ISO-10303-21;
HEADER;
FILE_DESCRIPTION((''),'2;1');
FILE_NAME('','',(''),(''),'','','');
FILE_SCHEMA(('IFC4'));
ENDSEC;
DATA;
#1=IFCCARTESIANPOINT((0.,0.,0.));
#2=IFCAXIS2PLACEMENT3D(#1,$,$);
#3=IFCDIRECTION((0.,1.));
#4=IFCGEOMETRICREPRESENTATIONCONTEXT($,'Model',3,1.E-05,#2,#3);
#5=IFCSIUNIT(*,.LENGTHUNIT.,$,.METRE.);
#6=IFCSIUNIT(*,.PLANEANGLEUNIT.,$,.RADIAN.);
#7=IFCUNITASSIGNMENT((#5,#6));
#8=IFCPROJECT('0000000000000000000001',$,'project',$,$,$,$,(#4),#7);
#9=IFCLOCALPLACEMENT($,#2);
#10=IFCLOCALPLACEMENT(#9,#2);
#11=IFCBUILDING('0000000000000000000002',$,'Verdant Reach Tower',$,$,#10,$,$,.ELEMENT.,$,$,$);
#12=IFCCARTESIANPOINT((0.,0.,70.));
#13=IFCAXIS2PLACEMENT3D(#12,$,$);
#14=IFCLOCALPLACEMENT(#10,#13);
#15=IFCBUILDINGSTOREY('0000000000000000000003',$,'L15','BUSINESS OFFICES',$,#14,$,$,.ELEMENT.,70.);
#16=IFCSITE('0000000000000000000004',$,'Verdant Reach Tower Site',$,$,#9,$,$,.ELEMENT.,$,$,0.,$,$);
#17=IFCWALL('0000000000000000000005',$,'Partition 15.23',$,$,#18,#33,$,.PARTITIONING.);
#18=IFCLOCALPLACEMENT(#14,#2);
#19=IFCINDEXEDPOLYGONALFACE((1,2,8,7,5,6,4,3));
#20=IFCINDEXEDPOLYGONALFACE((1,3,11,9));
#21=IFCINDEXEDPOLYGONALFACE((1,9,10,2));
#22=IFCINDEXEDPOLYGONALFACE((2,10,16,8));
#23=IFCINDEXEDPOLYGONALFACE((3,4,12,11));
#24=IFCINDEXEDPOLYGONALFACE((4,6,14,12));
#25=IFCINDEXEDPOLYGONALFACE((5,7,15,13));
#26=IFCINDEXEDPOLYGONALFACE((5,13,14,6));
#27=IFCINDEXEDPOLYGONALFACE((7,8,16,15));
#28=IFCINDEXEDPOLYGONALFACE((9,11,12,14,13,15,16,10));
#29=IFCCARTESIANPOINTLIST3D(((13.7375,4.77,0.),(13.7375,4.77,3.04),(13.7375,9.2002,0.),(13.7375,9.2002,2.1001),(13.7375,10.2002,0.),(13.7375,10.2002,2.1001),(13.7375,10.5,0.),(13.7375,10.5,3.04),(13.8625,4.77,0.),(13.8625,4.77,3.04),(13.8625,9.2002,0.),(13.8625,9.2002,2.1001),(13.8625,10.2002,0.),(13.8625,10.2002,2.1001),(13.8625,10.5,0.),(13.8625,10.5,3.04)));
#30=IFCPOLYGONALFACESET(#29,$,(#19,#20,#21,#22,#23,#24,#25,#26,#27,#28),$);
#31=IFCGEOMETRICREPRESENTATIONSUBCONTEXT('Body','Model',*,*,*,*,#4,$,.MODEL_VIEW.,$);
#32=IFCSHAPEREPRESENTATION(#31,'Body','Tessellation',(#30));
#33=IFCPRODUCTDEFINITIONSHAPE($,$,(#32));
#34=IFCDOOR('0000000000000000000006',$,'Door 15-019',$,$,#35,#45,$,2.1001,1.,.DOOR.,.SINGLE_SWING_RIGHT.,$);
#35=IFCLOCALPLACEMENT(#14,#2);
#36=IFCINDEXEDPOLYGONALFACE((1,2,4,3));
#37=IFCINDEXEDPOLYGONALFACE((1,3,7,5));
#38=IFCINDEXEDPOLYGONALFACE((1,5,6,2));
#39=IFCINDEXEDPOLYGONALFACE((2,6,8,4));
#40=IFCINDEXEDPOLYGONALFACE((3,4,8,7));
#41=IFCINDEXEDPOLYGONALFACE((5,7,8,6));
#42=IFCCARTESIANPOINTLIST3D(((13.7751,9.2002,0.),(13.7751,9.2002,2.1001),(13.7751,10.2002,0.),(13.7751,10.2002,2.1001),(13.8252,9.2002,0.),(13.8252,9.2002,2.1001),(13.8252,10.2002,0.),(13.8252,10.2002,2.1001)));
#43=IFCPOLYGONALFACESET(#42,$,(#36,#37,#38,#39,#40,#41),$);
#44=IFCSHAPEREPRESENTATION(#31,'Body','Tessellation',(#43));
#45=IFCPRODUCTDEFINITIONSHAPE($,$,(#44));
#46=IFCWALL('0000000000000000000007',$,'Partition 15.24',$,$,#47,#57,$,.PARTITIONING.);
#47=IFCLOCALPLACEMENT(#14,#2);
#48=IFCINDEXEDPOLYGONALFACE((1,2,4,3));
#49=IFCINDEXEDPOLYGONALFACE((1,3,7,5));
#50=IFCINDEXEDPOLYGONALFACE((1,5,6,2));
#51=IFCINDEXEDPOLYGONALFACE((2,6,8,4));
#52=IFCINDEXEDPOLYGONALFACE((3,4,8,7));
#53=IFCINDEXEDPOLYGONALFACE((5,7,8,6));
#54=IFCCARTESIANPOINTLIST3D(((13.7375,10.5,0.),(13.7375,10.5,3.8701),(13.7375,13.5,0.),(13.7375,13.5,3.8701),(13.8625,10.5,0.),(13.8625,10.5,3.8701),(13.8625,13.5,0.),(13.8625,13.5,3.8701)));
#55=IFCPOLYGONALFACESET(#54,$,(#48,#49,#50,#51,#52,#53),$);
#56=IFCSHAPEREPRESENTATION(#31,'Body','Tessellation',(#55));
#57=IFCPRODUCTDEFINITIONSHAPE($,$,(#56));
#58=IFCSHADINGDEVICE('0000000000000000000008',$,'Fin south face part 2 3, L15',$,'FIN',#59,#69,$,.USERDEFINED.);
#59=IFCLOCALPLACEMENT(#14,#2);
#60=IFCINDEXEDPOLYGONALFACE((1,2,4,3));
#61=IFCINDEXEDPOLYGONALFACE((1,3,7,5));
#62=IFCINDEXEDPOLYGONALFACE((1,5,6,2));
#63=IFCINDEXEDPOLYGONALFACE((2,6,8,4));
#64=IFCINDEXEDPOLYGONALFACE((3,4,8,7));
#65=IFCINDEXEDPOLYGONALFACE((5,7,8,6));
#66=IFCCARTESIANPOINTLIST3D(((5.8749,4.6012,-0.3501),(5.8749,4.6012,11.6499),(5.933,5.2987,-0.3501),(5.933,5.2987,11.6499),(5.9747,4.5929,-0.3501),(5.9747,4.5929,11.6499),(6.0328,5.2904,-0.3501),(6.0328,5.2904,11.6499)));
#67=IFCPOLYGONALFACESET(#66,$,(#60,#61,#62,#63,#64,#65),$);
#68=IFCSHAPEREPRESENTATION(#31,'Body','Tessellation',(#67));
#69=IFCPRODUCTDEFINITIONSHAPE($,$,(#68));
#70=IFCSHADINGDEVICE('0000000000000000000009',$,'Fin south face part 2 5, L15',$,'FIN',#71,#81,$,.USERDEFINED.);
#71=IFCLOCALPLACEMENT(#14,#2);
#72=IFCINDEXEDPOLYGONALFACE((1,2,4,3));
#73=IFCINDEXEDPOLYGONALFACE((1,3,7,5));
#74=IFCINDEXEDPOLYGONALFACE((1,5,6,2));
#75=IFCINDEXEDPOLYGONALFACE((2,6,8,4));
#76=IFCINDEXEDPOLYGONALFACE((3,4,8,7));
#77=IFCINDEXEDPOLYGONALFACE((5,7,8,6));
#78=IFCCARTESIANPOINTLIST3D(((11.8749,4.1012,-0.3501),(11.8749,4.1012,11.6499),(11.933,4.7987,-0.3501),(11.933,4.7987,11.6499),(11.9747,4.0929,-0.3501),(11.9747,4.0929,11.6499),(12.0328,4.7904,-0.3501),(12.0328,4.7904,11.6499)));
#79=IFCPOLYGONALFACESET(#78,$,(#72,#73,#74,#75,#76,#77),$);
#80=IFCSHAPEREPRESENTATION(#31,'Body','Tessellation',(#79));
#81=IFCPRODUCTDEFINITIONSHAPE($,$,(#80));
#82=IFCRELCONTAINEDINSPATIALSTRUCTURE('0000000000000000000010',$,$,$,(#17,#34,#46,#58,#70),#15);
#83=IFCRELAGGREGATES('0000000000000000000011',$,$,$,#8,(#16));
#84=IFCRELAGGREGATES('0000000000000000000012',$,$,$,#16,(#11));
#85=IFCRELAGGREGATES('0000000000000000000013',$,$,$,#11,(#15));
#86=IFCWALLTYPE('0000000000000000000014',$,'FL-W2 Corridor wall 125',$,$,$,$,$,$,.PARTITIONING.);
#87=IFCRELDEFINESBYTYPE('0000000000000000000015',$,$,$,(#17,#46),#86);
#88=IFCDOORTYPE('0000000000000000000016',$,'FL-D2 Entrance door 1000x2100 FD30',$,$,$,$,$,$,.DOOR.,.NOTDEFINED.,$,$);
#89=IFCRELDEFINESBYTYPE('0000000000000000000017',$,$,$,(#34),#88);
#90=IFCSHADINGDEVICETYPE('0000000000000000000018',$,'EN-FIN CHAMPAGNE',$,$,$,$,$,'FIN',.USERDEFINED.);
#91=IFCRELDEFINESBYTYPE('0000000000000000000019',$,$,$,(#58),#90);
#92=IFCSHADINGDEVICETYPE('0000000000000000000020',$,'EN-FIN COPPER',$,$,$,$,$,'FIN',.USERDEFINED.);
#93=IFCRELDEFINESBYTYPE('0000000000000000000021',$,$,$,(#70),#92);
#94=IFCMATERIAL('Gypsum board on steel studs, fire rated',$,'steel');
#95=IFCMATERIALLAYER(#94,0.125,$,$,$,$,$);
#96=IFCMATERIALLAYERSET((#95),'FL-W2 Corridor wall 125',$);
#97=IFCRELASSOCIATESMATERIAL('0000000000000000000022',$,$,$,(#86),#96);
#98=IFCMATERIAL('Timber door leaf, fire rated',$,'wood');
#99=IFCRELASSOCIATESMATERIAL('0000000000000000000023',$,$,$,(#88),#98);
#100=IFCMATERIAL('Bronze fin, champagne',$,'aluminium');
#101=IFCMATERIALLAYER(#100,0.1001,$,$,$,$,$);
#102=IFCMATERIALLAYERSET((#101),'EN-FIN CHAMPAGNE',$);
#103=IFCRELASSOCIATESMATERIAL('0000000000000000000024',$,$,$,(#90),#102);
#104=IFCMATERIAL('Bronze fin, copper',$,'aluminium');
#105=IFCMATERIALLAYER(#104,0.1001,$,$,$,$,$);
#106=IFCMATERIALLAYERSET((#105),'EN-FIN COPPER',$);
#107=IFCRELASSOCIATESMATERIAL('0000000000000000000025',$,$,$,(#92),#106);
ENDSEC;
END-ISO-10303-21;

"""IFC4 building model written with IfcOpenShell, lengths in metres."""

from ifc_helpers import new_model, si_unit, direction, frame, frame_2d, origin, origin_2d, place, context, subcontext, project, spatial, rectangle, extrude, material, layer, layer_set, type_object, element, fill, save


model = new_model("IFC4")

# Units and contexts
model_context = context("Model", 3, precision=1e-05, world=origin(), true_north=direction((0.0, 1.0)))
body_context = subcontext(model_context, "Body", "Model", "MODEL_VIEW")
ifc_project = project(units=[si_unit("LENGTHUNIT", "METRE"), si_unit("PLANEANGLEUNIT", "RADIAN")], contexts=[model_context])

# Site, building, storey
site_placement = place(None, origin())
site = spatial("IfcSite", under=ifc_project, at=site_placement, Name="Verdant Reach Tower Site", CompositionType="ELEMENT", RefElevation=0.0)
building_placement = place(site_placement, origin())
building = spatial("IfcBuilding", under=site, at=building_placement, Name="Verdant Reach Tower", CompositionType="ELEMENT")
storey_placement = place(building_placement, frame((0.0, 0.0, 70.0)))
storey = spatial("IfcBuildingStorey", under=building, at=storey_placement, Name="L15", Description="BUSINESS OFFICES", CompositionType="ELEMENT", Elevation=70.0)

# Wall, opening, door
ifc_material_1 = material(Name="Gypsum board on steel studs, fire rated", Category="steel")
ifc_layer_1 = layer(ifc_material_1, 0.125)
ifc_layer_set_1 = layer_set([ifc_layer_1], Name="FL-W2 Corridor wall 125")
wall_type_1 = type_object("IfcWallType", Name="FL-W2 Corridor wall 125", PredefinedType="PARTITIONING", material=ifc_layer_set_1)
wall_1_placement = place(storey_placement, frame((13.8, 4.77, 0.0), z_axis=(0.0, 0.0, 1.0), x_axis=(0.0, 1.0, 0.0)))
wall_1 = element("IfcWall", 1, at=wall_1_placement, inside=storey, type_object=wall_type_1, Name="Partition 15.23", PredefinedType="PARTITIONING", context=body_context, shape_type="SweptSolid", body=[
    extrude(rectangle(XDim=5.73, YDim=0.125, at=frame_2d((2.865, 0.0))), origin(), (0.0, 0.0, 1.0), 3.04),
])
opening_1_placement = place(wall_1_placement, frame((4.4302, 0.0, 0.0)))
opening_1 = element("IfcOpeningElement", 2, at=opening_1_placement, cuts=wall_1, PredefinedType="OPENING", context=body_context, shape_type="SweptSolid", body=[
    extrude(rectangle(XDim=1.0, YDim=2.1001, at=frame_2d((0.5, 1.05))), frame((0.0, 0.0725, 0.0), z_axis=(0.0, -1.0, 0.0), x_axis=(1.0, 0.0, 0.0)), (0.0, 0.0, 1.0), 0.145),
])
ifc_material_2 = material(Name="Timber door leaf, fire rated", Category="wood")
door_type_1 = type_object("IfcDoorType", Name="FL-D2 Entrance door 1000x2100 FD30", OperationType="NOTDEFINED", PredefinedType="DOOR", material=ifc_material_2)
door_1_placement = place(opening_1_placement, origin())
door_1 = element("IfcDoor", 3, at=door_1_placement, inside=storey, type_object=door_type_1, Name="Door 15-019", OperationType="SINGLE_SWING_RIGHT", OverallHeight=2.1001, OverallWidth=1.0, PredefinedType="DOOR", context=body_context, shape_type="SweptSolid", body=[
    extrude(rectangle(XDim=1.0, YDim=2.1001, at=frame_2d((0.5, 1.05))), frame((0.0, 0.0249, 0.0), z_axis=(0.0, -1.0, 0.0), x_axis=(1.0, 0.0, 0.0)), (0.0, 0.0, 1.0), 0.05),
])
fill(opening_1, door_1)

# Wall
wall_2_placement = place(storey_placement, frame((13.8, 13.5, 0.0), z_axis=(0.0, 0.0, 1.0), x_axis=(0.0, -1.0, 0.0)))
element("IfcWall", 4, at=wall_2_placement, inside=storey, type_object=wall_type_1, Name="Partition 15.24", PredefinedType="PARTITIONING", context=body_context, shape_type="SweptSolid", body=[
    extrude(rectangle(XDim=3.0, YDim=0.125, at=frame_2d((1.5, 0.0))), origin(), (0.0, 0.0, 1.0), 3.8701),
])

# Shading devices
ifc_material_3 = material(Name="Bronze fin, champagne", Category="aluminium")
ifc_layer_2 = layer(ifc_material_3, 0.1001)
ifc_layer_set_2 = layer_set([ifc_layer_2], Name="EN-FIN CHAMPAGNE")
shading_device_type_1 = type_object("IfcShadingDeviceType", Name="EN-FIN CHAMPAGNE", ElementType="FIN", PredefinedType="USERDEFINED", material=ifc_layer_set_2)
shading_device_1_placement = place(storey_placement, frame((5.9539, 4.9458, -0.3501), z_axis=(0.0, 0.0, 1.0), x_axis=(0.996546, -0.083045, 0.0)))
element("IfcShadingDevice", 5, at=shading_device_1_placement, inside=storey, type_object=shading_device_type_1, Name="Fin south face part 2 3, L15", ObjectType="FIN", PredefinedType="USERDEFINED", context=body_context, shape_type="SweptSolid", body=[
    extrude(rectangle(XDim=0.1001, YDim=0.7, at=origin_2d()), origin(), (0.0, 0.0, 1.0), 12.0),
])
ifc_material_4 = material(Name="Bronze fin, copper", Category="aluminium")
ifc_layer_3 = layer(ifc_material_4, 0.1001)
ifc_layer_set_3 = layer_set([ifc_layer_3], Name="EN-FIN COPPER")
shading_device_type_2 = type_object("IfcShadingDeviceType", Name="EN-FIN COPPER", ElementType="FIN", PredefinedType="USERDEFINED", material=ifc_layer_set_3)
shading_device_2_placement = place(storey_placement, frame((11.9539, 4.4458, -0.3501), z_axis=(0.0, 0.0, 1.0), x_axis=(0.996546, -0.083045, 0.0)))
element("IfcShadingDevice", 6, at=shading_device_2_placement, inside=storey, type_object=shading_device_type_2, Name="Fin south face part 2 5, L15", ObjectType="FIN", PredefinedType="USERDEFINED", context=body_context, shape_type="SweptSolid", body=[
    extrude(rectangle(XDim=0.1001, YDim=0.7, at=origin_2d()), origin(), (0.0, 0.0, 1.0), 12.0),
])

save(model, "model.ifc")
